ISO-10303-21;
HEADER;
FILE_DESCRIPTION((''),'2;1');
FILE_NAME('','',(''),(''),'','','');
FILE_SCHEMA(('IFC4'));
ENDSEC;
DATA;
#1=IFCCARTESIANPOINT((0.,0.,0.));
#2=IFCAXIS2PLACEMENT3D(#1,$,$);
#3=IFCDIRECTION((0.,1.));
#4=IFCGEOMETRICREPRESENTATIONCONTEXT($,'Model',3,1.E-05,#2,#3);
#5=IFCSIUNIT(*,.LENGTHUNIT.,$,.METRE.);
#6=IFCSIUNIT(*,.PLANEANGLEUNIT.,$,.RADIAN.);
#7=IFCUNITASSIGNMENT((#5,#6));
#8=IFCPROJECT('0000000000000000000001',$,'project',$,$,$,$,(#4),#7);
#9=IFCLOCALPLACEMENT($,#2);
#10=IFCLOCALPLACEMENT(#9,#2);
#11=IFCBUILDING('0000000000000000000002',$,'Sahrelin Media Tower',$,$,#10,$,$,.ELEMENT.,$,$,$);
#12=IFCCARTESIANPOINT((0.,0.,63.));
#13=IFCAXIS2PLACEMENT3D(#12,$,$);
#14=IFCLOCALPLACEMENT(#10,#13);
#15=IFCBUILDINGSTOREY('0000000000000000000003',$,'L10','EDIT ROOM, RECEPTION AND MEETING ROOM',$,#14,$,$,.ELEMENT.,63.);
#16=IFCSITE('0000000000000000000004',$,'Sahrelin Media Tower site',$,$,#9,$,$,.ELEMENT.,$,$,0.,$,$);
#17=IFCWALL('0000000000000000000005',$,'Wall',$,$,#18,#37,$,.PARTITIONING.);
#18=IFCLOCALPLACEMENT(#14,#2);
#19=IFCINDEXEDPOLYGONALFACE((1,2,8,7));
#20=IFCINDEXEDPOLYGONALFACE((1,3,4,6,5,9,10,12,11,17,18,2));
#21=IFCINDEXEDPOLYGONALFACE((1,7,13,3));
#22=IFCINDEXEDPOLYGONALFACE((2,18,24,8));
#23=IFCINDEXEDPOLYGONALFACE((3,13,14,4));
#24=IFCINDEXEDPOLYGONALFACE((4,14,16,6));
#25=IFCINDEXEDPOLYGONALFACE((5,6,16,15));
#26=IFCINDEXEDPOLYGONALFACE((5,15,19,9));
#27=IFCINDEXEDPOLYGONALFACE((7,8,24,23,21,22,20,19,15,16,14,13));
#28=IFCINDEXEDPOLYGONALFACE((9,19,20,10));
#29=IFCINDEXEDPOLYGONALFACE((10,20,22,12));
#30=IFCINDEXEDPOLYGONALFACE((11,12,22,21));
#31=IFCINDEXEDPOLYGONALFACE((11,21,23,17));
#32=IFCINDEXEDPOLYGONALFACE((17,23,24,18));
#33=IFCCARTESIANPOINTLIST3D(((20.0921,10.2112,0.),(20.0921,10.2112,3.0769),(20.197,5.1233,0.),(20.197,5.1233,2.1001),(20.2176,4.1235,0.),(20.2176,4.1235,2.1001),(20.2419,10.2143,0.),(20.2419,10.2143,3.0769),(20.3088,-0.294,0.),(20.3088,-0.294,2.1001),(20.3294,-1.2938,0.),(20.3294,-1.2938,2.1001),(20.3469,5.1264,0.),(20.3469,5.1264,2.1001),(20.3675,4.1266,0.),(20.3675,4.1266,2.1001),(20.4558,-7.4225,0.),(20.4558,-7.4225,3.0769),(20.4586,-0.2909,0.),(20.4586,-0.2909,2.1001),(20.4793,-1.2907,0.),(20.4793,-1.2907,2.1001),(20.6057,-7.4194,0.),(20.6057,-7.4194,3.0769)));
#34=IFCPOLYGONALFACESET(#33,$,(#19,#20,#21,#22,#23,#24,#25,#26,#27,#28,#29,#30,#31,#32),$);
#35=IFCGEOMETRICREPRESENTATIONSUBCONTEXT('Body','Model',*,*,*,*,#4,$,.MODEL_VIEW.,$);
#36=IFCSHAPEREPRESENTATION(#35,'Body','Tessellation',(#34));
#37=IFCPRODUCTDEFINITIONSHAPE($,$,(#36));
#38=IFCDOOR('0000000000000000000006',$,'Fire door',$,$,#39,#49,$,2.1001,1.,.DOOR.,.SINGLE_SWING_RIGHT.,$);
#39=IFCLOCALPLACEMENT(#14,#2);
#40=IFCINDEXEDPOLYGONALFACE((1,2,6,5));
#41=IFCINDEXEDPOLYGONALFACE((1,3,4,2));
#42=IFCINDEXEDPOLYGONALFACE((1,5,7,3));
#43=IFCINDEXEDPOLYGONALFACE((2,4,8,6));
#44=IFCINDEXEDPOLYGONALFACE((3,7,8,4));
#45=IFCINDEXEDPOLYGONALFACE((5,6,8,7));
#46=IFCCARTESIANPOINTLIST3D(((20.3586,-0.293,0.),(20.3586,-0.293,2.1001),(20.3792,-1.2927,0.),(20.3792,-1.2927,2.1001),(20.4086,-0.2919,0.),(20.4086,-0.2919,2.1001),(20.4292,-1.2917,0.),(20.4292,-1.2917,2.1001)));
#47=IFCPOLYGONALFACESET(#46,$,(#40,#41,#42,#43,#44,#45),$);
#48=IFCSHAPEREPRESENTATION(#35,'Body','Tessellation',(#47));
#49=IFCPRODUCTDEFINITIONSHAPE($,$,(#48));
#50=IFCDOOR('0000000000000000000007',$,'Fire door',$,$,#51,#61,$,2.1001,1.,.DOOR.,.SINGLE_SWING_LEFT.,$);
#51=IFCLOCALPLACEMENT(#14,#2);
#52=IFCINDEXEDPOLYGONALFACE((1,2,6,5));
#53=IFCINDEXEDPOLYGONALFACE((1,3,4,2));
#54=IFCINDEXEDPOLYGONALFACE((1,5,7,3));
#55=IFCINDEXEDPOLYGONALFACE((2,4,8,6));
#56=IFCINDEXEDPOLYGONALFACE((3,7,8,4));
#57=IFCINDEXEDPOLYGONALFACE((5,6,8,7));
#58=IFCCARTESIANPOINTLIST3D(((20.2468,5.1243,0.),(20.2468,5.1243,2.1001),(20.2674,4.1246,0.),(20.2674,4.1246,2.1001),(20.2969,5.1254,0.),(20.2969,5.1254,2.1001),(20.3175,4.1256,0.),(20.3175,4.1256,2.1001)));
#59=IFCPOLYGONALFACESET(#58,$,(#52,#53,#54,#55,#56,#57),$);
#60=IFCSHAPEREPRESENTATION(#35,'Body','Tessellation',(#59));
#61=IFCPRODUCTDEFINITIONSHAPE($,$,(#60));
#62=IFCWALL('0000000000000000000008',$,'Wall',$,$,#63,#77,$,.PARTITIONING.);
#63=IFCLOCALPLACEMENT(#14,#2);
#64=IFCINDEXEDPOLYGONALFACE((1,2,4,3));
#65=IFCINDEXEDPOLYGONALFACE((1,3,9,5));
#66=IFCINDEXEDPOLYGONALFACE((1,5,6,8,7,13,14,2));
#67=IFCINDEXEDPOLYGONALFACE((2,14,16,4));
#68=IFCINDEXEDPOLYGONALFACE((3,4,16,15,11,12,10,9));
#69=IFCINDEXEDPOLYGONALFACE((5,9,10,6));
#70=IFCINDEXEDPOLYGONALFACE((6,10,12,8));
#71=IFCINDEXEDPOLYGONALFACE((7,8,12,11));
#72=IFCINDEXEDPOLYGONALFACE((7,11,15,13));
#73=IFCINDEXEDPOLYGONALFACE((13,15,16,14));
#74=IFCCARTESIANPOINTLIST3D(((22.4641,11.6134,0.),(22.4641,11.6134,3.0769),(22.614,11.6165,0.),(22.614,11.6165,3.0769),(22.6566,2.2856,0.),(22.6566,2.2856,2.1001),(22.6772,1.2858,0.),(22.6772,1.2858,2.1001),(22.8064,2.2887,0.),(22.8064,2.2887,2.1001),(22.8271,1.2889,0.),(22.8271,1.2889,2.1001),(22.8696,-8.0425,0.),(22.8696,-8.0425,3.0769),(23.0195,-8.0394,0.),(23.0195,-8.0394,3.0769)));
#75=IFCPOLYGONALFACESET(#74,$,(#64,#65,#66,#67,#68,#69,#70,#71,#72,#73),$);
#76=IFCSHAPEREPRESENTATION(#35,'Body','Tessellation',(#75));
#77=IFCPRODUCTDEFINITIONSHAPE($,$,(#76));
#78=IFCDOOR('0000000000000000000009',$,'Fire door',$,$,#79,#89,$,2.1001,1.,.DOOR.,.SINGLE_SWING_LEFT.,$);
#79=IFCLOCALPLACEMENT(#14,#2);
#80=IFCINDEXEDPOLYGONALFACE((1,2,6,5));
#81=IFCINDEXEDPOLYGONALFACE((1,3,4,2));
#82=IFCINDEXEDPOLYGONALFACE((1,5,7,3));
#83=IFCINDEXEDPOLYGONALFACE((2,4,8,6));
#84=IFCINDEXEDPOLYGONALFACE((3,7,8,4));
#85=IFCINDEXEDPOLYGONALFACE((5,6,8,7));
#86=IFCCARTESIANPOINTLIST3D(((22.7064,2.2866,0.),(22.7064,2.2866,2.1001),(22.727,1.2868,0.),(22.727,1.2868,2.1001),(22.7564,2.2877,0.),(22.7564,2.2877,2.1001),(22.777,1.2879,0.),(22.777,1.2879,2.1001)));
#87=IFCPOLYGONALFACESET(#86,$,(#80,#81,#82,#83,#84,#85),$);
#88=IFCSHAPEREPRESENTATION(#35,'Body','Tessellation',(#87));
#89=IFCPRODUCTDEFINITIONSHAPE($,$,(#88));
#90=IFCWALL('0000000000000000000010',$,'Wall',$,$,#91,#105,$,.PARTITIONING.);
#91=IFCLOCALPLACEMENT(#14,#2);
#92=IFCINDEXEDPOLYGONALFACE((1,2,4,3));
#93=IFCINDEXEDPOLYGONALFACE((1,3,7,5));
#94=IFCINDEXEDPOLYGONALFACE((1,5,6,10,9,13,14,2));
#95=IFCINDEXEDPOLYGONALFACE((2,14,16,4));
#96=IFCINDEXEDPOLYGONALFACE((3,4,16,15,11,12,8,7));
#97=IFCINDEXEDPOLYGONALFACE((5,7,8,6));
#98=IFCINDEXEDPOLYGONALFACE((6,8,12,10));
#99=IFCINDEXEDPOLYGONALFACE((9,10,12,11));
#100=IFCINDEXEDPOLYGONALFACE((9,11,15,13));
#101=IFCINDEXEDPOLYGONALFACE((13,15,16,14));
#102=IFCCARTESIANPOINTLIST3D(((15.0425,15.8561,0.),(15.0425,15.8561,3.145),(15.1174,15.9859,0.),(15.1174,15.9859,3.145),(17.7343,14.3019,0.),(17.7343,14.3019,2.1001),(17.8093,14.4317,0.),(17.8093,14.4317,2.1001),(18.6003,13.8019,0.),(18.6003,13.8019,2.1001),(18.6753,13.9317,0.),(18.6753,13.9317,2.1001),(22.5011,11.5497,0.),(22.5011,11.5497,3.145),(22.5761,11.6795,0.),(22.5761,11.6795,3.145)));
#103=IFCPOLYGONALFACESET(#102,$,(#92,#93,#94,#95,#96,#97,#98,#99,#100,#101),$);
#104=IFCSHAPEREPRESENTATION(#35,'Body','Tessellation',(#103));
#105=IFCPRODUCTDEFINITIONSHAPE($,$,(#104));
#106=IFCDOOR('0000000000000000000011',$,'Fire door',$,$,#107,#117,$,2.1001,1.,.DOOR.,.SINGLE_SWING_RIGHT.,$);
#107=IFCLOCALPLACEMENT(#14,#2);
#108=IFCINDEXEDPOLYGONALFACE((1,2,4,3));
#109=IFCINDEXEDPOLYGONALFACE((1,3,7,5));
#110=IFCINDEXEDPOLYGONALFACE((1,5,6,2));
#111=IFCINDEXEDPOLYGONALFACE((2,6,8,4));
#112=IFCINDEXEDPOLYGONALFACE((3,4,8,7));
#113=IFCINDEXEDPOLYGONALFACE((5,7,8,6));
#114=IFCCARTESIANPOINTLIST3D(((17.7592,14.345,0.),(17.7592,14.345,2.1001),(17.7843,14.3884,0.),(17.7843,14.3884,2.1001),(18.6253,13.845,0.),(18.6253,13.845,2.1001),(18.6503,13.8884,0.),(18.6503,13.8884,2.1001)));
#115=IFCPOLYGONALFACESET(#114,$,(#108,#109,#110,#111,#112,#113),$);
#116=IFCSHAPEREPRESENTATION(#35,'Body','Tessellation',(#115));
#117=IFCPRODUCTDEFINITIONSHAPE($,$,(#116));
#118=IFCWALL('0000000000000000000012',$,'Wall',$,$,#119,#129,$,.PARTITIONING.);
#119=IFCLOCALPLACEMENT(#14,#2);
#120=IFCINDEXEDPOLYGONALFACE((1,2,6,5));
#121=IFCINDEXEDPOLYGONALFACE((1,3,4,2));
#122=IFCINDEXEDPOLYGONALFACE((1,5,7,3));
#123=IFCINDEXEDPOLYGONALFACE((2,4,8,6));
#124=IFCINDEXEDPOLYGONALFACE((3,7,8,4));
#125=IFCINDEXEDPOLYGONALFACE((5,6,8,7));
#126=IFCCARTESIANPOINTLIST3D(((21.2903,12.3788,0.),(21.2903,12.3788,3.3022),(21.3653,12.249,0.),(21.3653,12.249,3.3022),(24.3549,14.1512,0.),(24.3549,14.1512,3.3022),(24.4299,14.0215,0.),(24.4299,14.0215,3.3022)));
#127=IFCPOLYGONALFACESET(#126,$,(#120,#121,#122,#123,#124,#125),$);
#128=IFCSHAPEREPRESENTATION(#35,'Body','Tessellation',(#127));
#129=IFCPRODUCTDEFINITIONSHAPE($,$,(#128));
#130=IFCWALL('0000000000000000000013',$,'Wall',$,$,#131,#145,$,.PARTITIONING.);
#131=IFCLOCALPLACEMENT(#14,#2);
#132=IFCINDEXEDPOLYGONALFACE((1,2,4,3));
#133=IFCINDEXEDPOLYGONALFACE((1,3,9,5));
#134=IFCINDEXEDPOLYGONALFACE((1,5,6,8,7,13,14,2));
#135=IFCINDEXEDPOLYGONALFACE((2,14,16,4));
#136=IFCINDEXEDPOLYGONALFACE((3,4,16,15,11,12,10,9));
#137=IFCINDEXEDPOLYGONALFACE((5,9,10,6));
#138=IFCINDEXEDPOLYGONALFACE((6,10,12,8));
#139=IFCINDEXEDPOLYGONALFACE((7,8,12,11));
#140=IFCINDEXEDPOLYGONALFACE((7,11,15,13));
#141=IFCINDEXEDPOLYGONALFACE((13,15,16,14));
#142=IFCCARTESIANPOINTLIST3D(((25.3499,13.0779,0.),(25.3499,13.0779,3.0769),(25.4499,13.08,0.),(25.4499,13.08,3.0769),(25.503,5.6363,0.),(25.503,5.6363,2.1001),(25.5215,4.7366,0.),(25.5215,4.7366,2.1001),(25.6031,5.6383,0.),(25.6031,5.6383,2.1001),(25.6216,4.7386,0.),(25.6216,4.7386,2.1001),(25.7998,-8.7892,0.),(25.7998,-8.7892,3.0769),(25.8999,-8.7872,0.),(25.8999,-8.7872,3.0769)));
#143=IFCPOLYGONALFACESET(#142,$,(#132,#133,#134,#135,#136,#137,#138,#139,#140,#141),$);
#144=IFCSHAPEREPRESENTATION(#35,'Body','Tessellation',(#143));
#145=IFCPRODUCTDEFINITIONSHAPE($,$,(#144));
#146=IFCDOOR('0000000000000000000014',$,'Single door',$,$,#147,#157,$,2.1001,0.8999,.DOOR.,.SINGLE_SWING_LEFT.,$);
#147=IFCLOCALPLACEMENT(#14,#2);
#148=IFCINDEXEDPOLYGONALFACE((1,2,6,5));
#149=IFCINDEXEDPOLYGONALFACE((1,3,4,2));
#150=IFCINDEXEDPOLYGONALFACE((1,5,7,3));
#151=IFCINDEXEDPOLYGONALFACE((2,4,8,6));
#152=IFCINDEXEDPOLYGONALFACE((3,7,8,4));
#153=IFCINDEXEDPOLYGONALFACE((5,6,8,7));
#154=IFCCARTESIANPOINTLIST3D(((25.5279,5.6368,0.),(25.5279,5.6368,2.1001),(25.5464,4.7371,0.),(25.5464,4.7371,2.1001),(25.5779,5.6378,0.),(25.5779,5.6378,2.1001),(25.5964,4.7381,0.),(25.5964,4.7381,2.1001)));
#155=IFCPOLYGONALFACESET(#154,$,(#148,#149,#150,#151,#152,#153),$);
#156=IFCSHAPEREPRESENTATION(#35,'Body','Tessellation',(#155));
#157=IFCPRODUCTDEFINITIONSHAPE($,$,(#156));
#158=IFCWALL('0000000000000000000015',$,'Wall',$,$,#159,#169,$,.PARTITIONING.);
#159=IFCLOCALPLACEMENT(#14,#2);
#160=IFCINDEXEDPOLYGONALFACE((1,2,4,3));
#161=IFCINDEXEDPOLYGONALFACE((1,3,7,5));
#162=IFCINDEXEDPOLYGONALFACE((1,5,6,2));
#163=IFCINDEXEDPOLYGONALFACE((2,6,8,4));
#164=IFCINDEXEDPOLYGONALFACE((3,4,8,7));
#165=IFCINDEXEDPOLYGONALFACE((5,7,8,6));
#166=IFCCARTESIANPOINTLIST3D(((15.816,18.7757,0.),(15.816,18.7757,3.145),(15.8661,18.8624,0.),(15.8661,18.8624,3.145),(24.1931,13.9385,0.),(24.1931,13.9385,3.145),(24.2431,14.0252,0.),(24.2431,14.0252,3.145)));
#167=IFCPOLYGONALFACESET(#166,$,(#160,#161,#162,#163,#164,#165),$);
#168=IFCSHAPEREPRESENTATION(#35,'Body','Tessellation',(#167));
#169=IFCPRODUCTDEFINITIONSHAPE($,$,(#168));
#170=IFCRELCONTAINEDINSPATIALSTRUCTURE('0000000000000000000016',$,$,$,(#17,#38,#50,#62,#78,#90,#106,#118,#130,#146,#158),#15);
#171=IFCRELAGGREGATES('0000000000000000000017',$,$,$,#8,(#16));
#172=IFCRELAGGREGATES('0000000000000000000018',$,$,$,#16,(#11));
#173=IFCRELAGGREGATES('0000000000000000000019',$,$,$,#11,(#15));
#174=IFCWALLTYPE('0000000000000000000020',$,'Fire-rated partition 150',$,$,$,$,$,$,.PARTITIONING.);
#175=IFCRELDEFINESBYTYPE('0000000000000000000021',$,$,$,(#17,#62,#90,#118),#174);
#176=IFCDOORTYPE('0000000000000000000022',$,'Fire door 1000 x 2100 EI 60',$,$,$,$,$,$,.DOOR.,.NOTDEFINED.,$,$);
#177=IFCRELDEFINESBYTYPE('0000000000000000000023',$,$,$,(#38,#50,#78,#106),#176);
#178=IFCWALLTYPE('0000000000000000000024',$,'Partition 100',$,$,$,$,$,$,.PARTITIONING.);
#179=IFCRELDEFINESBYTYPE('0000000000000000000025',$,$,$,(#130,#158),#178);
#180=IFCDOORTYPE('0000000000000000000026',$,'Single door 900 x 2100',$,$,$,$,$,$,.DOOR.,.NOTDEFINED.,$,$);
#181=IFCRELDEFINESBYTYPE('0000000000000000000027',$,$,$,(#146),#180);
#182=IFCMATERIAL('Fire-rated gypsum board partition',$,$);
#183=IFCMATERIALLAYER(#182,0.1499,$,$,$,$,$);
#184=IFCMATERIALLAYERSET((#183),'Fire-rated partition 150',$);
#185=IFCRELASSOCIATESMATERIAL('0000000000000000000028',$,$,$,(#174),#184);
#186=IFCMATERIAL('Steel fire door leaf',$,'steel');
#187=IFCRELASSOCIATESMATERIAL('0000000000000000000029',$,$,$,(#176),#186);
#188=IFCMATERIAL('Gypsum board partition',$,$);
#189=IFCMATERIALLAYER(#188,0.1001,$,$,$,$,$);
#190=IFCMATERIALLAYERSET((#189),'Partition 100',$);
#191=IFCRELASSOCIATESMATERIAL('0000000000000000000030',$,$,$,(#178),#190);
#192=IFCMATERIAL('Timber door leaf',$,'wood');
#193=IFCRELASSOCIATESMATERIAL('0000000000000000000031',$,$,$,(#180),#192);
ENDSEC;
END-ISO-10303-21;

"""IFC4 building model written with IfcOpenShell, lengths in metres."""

from ifc_helpers import new_model, si_unit, direction, frame, frame_2d, origin, place, context, subcontext, project, spatial, rectangle, extrude, material, layer, layer_set, type_object, element, fill, save


model = new_model("IFC4")

# Units and contexts
model_context = context("Model", 3, precision=1e-05, world=origin(), true_north=direction((0.0, 1.0)))
body_context = subcontext(model_context, "Body", "Model", "MODEL_VIEW")
ifc_project = project(units=[si_unit("LENGTHUNIT", "METRE"), si_unit("PLANEANGLEUNIT", "RADIAN")], contexts=[model_context])

# Site, building, storey
site_placement = place(None, origin())
site = spatial("IfcSite", under=ifc_project, at=site_placement, Name="Sahrelin Media Tower site", CompositionType="ELEMENT", RefElevation=0.0)
building_placement = place(site_placement, origin())
building = spatial("IfcBuilding", under=site, at=building_placement, Name="Sahrelin Media Tower", CompositionType="ELEMENT")
storey_placement = place(building_placement, frame((0.0, 0.0, 63.0)))
storey = spatial("IfcBuildingStorey", under=building, at=storey_placement, Name="L10", Description="EDIT ROOM, RECEPTION AND MEETING ROOM", CompositionType="ELEMENT", Elevation=63.0)

# Wall, openings, doors
ifc_material_1 = material(Name="Fire-rated gypsum board partition")
ifc_layer_1 = layer(ifc_material_1, 0.1499)
ifc_layer_set_1 = layer_set([ifc_layer_1], Name="Fire-rated partition 150")
wall_type_1 = type_object("IfcWallType", Name="Fire-rated partition 150", PredefinedType="PARTITIONING", material=ifc_layer_set_1)
wall_1_placement = place(storey_placement, frame((20.167, 10.2129, 0.0), z_axis=(0.0, 0.0, 1.0), x_axis=(0.020625, -0.999787, 0.0)))
wall_1 = element("IfcWall", 1, at=wall_1_placement, inside=storey, type_object=wall_type_1, Name="Wall", PredefinedType="PARTITIONING", context=body_context, shape_type="SweptSolid", body=[
    extrude(rectangle(XDim=17.6375, YDim=0.1499, at=frame_2d((8.8188, 0.0))), origin(), (0.0, 0.0, 1.0), 3.0769),
])
opening_1_placement = place(wall_1_placement, frame((10.5076, 0.0, 0.0)))
opening_1 = element("IfcOpeningElement", 2, at=opening_1_placement, cuts=wall_1, PredefinedType="OPENING", context=body_context, shape_type="SweptSolid", body=[
    extrude(rectangle(XDim=1.0, YDim=2.1001, at=frame_2d((0.5, 1.05))), frame((0.0, 0.075, 0.0), z_axis=(0.0, -1.0, 0.0), x_axis=(1.0, 0.0, 0.0)), (0.0, 0.0, 1.0), 0.1499),
])
opening_2_placement = place(wall_1_placement, frame((5.0891, 0.0, 0.0)))
opening_2 = element("IfcOpeningElement", 3, at=opening_2_placement, cuts=wall_1, PredefinedType="OPENING", context=body_context, shape_type="SweptSolid", body=[
    extrude(rectangle(XDim=1.0, YDim=2.1001, at=frame_2d((0.5, 1.05))), frame((0.0, 0.075, 0.0), z_axis=(0.0, -1.0, 0.0), x_axis=(1.0, 0.0, 0.0)), (0.0, 0.0, 1.0), 0.1499),
])
ifc_material_2 = material(Name="Steel fire door leaf", Category="steel")
door_type_1 = type_object("IfcDoorType", Name="Fire door 1000 x 2100 EI 60", OperationType="NOTDEFINED", PredefinedType="DOOR", material=ifc_material_2)
door_1_placement = place(opening_1_placement, origin())
door_1 = element("IfcDoor", 4, at=door_1_placement, inside=storey, type_object=door_type_1, Name="Fire door", OperationType="SINGLE_SWING_RIGHT", OverallHeight=2.1001, OverallWidth=1.0, PredefinedType="DOOR", context=body_context, shape_type="SweptSolid", body=[
    extrude(rectangle(XDim=1.0, YDim=2.1001, at=frame_2d((0.5, 1.05))), frame((0.0, 0.0249, 0.0), z_axis=(0.0, -1.0, 0.0), x_axis=(1.0, 0.0, 0.0)), (0.0, 0.0, 1.0), 0.05),
])
fill(opening_1, door_1)
door_2_placement = place(opening_2_placement, origin())
door_2 = element("IfcDoor", 5, at=door_2_placement, inside=storey, type_object=door_type_1, Name="Fire door", OperationType="SINGLE_SWING_LEFT", OverallHeight=2.1001, OverallWidth=1.0, PredefinedType="DOOR", context=body_context, shape_type="SweptSolid", body=[
    extrude(rectangle(XDim=1.0, YDim=2.1001, at=frame_2d((0.5, 1.05))), frame((0.0, 0.0249, 0.0), z_axis=(0.0, -1.0, 0.0), x_axis=(1.0, 0.0, 0.0)), (0.0, 0.0, 1.0), 0.05),
])
fill(opening_2, door_2)

# Walls, openings, doors
wall_2_placement = place(storey_placement, frame((22.5391, 11.615, 0.0), z_axis=(0.0, 0.0, 1.0), x_axis=(0.020626, -0.999787, 0.0)))
wall_2 = element("IfcWall", 6, at=wall_2_placement, inside=storey, type_object=wall_type_1, Name="Wall", PredefinedType="PARTITIONING", context=body_context, shape_type="SweptSolid", body=[
    extrude(rectangle(XDim=19.6602, YDim=0.1499, at=frame_2d((9.8301, 0.0))), origin(), (0.0, 0.0, 1.0), 3.0769),
])
opening_3_placement = place(wall_2_placement, frame((9.3298, 0.0, 0.0)))
opening_3 = element("IfcOpeningElement", 7, at=opening_3_placement, cuts=wall_2, PredefinedType="OPENING", context=body_context, shape_type="SweptSolid", body=[
    extrude(rectangle(XDim=1.0, YDim=2.1001, at=frame_2d((0.5, 1.05))), frame((0.0, 0.075, 0.0), z_axis=(0.0, -1.0, 0.0), x_axis=(1.0, 0.0, 0.0)), (0.0, 0.0, 1.0), 0.1499),
])
door_3_placement = place(opening_3_placement, origin())
door_3 = element("IfcDoor", 8, at=door_3_placement, inside=storey, type_object=door_type_1, Name="Fire door", OperationType="SINGLE_SWING_LEFT", OverallHeight=2.1001, OverallWidth=1.0, PredefinedType="DOOR", context=body_context, shape_type="SweptSolid", body=[
    extrude(rectangle(XDim=1.0, YDim=2.1001, at=frame_2d((0.5, 1.05))), frame((0.0, 0.0249, 0.0), z_axis=(0.0, -1.0, 0.0), x_axis=(1.0, 0.0, 0.0)), (0.0, 0.0, 1.0), 0.05),
])
fill(opening_3, door_3)
wall_3_placement = place(storey_placement, frame((15.0801, 15.9209, 0.0), z_axis=(0.0, 0.0, 1.0), x_axis=(0.866021, -0.500008, 0.0)))
wall_3 = element("IfcWall", 9, at=wall_3_placement, inside=storey, type_object=wall_type_1, Name="Wall", PredefinedType="PARTITIONING", context=body_context, shape_type="SweptSolid", body=[
    extrude(rectangle(XDim=8.6125, YDim=0.1499, at=frame_2d((4.3062, 0.0))), origin(), (0.0, 0.0, 1.0), 3.145),
])
opening_4_placement = place(wall_3_placement, frame((3.1082, 0.0, 0.0)))
opening_4 = element("IfcOpeningElement", 10, at=opening_4_placement, cuts=wall_3, PredefinedType="OPENING", context=body_context, shape_type="SweptSolid", body=[
    extrude(rectangle(XDim=1.0, YDim=2.1001, at=frame_2d((0.5, 1.05))), frame((0.0, 0.075, 0.0), z_axis=(0.0, -1.0, 0.0), x_axis=(1.0, 0.0, 0.0)), (0.0, 0.0, 1.0), 0.1499),
])
door_4_placement = place(opening_4_placement, origin())
door_4 = element("IfcDoor", 11, at=door_4_placement, inside=storey, type_object=door_type_1, Name="Fire door", OperationType="SINGLE_SWING_RIGHT", OverallHeight=2.1001, OverallWidth=1.0, PredefinedType="DOOR", context=body_context, shape_type="SweptSolid", body=[
    extrude(rectangle(XDim=1.0, YDim=2.1001, at=frame_2d((0.5, 1.05))), frame((0.0, 0.0249, 0.0), z_axis=(0.0, -1.0, 0.0), x_axis=(1.0, 0.0, 0.0)), (0.0, 0.0, 1.0), 0.05),
])
fill(opening_4, door_4)

# Wall
wall_4_placement = place(storey_placement, frame((21.3279, 12.314, 0.0), z_axis=(0.0, 0.0, 1.0), x_axis=(0.865651, 0.500647, 0.0)))
element("IfcWall", 12, at=wall_4_placement, inside=storey, type_object=wall_type_1, Name="Wall", PredefinedType="PARTITIONING", context=body_context, shape_type="SweptSolid", body=[
    extrude(rectangle(XDim=3.5403, YDim=0.1499, at=frame_2d((1.77, 0.0))), origin(), (0.0, 0.0, 1.0), 3.3022),
])

# Wall, opening, door
ifc_material_3 = material(Name="Gypsum board partition")
ifc_layer_2 = layer(ifc_material_3, 0.1001)
ifc_layer_set_2 = layer_set([ifc_layer_2], Name="Partition 100")
wall_type_2 = type_object("IfcWallType", Name="Partition 100", PredefinedType="PARTITIONING", material=ifc_layer_set_2)
wall_5_placement = place(storey_placement, frame((25.3999, 13.0791, 0.0), z_axis=(0.0, 0.0, 1.0), x_axis=(0.020572, -0.999788, 0.0)))
wall_5 = element("IfcWall", 13, at=wall_5_placement, inside=storey, type_object=wall_type_2, Name="Wall", PredefinedType="PARTITIONING", context=body_context, shape_type="SweptSolid", body=[
    extrude(rectangle(XDim=21.8718, YDim=0.1001, at=frame_2d((10.936, 0.0))), origin(), (0.0, 0.0, 1.0), 3.0769),
])
opening_5_placement = place(wall_5_placement, frame((7.4434, 0.0, 0.0)))
opening_5 = element("IfcOpeningElement", 14, at=opening_5_placement, cuts=wall_5, PredefinedType="OPENING", context=body_context, shape_type="SweptSolid", body=[
    extrude(rectangle(XDim=0.8999, YDim=2.1001, at=frame_2d((0.45, 1.05))), frame((0.0, 0.05, 0.0), z_axis=(0.0, -1.0, 0.0), x_axis=(1.0, 0.0, 0.0)), (0.0, 0.0, 1.0), 0.1001),
])
ifc_material_4 = material(Name="Timber door leaf", Category="wood")
door_type_2 = type_object("IfcDoorType", Name="Single door 900 x 2100", OperationType="NOTDEFINED", PredefinedType="DOOR", material=ifc_material_4)
door_5_placement = place(opening_5_placement, origin())
door_5 = element("IfcDoor", 15, at=door_5_placement, inside=storey, type_object=door_type_2, Name="Single door", OperationType="SINGLE_SWING_LEFT", OverallHeight=2.1001, OverallWidth=0.8999, PredefinedType="DOOR", context=body_context, shape_type="SweptSolid", body=[
    extrude(rectangle(XDim=0.8999, YDim=2.1001, at=frame_2d((0.45, 1.05))), frame((0.0, 0.0249, 0.0), z_axis=(0.0, -1.0, 0.0), x_axis=(1.0, 0.0, 0.0)), (0.0, 0.0, 1.0), 0.05),
])
fill(opening_5, door_5)

# Wall
wall_6_placement = place(storey_placement, frame((15.8411, 18.8191, 0.0), z_axis=(0.0, 0.0, 1.0), x_axis=(0.865993, -0.500056, 0.0)))
element("IfcWall", 16, at=wall_6_placement, inside=storey, type_object=wall_type_2, Name="Wall", PredefinedType="PARTITIONING", context=body_context, shape_type="SweptSolid", body=[
    extrude(rectangle(XDim=9.6733, YDim=0.1001, at=frame_2d((4.8367, 0.0))), origin(), (0.0, 0.0, 1.0), 3.145),
])

save(model, "model.ifc")
